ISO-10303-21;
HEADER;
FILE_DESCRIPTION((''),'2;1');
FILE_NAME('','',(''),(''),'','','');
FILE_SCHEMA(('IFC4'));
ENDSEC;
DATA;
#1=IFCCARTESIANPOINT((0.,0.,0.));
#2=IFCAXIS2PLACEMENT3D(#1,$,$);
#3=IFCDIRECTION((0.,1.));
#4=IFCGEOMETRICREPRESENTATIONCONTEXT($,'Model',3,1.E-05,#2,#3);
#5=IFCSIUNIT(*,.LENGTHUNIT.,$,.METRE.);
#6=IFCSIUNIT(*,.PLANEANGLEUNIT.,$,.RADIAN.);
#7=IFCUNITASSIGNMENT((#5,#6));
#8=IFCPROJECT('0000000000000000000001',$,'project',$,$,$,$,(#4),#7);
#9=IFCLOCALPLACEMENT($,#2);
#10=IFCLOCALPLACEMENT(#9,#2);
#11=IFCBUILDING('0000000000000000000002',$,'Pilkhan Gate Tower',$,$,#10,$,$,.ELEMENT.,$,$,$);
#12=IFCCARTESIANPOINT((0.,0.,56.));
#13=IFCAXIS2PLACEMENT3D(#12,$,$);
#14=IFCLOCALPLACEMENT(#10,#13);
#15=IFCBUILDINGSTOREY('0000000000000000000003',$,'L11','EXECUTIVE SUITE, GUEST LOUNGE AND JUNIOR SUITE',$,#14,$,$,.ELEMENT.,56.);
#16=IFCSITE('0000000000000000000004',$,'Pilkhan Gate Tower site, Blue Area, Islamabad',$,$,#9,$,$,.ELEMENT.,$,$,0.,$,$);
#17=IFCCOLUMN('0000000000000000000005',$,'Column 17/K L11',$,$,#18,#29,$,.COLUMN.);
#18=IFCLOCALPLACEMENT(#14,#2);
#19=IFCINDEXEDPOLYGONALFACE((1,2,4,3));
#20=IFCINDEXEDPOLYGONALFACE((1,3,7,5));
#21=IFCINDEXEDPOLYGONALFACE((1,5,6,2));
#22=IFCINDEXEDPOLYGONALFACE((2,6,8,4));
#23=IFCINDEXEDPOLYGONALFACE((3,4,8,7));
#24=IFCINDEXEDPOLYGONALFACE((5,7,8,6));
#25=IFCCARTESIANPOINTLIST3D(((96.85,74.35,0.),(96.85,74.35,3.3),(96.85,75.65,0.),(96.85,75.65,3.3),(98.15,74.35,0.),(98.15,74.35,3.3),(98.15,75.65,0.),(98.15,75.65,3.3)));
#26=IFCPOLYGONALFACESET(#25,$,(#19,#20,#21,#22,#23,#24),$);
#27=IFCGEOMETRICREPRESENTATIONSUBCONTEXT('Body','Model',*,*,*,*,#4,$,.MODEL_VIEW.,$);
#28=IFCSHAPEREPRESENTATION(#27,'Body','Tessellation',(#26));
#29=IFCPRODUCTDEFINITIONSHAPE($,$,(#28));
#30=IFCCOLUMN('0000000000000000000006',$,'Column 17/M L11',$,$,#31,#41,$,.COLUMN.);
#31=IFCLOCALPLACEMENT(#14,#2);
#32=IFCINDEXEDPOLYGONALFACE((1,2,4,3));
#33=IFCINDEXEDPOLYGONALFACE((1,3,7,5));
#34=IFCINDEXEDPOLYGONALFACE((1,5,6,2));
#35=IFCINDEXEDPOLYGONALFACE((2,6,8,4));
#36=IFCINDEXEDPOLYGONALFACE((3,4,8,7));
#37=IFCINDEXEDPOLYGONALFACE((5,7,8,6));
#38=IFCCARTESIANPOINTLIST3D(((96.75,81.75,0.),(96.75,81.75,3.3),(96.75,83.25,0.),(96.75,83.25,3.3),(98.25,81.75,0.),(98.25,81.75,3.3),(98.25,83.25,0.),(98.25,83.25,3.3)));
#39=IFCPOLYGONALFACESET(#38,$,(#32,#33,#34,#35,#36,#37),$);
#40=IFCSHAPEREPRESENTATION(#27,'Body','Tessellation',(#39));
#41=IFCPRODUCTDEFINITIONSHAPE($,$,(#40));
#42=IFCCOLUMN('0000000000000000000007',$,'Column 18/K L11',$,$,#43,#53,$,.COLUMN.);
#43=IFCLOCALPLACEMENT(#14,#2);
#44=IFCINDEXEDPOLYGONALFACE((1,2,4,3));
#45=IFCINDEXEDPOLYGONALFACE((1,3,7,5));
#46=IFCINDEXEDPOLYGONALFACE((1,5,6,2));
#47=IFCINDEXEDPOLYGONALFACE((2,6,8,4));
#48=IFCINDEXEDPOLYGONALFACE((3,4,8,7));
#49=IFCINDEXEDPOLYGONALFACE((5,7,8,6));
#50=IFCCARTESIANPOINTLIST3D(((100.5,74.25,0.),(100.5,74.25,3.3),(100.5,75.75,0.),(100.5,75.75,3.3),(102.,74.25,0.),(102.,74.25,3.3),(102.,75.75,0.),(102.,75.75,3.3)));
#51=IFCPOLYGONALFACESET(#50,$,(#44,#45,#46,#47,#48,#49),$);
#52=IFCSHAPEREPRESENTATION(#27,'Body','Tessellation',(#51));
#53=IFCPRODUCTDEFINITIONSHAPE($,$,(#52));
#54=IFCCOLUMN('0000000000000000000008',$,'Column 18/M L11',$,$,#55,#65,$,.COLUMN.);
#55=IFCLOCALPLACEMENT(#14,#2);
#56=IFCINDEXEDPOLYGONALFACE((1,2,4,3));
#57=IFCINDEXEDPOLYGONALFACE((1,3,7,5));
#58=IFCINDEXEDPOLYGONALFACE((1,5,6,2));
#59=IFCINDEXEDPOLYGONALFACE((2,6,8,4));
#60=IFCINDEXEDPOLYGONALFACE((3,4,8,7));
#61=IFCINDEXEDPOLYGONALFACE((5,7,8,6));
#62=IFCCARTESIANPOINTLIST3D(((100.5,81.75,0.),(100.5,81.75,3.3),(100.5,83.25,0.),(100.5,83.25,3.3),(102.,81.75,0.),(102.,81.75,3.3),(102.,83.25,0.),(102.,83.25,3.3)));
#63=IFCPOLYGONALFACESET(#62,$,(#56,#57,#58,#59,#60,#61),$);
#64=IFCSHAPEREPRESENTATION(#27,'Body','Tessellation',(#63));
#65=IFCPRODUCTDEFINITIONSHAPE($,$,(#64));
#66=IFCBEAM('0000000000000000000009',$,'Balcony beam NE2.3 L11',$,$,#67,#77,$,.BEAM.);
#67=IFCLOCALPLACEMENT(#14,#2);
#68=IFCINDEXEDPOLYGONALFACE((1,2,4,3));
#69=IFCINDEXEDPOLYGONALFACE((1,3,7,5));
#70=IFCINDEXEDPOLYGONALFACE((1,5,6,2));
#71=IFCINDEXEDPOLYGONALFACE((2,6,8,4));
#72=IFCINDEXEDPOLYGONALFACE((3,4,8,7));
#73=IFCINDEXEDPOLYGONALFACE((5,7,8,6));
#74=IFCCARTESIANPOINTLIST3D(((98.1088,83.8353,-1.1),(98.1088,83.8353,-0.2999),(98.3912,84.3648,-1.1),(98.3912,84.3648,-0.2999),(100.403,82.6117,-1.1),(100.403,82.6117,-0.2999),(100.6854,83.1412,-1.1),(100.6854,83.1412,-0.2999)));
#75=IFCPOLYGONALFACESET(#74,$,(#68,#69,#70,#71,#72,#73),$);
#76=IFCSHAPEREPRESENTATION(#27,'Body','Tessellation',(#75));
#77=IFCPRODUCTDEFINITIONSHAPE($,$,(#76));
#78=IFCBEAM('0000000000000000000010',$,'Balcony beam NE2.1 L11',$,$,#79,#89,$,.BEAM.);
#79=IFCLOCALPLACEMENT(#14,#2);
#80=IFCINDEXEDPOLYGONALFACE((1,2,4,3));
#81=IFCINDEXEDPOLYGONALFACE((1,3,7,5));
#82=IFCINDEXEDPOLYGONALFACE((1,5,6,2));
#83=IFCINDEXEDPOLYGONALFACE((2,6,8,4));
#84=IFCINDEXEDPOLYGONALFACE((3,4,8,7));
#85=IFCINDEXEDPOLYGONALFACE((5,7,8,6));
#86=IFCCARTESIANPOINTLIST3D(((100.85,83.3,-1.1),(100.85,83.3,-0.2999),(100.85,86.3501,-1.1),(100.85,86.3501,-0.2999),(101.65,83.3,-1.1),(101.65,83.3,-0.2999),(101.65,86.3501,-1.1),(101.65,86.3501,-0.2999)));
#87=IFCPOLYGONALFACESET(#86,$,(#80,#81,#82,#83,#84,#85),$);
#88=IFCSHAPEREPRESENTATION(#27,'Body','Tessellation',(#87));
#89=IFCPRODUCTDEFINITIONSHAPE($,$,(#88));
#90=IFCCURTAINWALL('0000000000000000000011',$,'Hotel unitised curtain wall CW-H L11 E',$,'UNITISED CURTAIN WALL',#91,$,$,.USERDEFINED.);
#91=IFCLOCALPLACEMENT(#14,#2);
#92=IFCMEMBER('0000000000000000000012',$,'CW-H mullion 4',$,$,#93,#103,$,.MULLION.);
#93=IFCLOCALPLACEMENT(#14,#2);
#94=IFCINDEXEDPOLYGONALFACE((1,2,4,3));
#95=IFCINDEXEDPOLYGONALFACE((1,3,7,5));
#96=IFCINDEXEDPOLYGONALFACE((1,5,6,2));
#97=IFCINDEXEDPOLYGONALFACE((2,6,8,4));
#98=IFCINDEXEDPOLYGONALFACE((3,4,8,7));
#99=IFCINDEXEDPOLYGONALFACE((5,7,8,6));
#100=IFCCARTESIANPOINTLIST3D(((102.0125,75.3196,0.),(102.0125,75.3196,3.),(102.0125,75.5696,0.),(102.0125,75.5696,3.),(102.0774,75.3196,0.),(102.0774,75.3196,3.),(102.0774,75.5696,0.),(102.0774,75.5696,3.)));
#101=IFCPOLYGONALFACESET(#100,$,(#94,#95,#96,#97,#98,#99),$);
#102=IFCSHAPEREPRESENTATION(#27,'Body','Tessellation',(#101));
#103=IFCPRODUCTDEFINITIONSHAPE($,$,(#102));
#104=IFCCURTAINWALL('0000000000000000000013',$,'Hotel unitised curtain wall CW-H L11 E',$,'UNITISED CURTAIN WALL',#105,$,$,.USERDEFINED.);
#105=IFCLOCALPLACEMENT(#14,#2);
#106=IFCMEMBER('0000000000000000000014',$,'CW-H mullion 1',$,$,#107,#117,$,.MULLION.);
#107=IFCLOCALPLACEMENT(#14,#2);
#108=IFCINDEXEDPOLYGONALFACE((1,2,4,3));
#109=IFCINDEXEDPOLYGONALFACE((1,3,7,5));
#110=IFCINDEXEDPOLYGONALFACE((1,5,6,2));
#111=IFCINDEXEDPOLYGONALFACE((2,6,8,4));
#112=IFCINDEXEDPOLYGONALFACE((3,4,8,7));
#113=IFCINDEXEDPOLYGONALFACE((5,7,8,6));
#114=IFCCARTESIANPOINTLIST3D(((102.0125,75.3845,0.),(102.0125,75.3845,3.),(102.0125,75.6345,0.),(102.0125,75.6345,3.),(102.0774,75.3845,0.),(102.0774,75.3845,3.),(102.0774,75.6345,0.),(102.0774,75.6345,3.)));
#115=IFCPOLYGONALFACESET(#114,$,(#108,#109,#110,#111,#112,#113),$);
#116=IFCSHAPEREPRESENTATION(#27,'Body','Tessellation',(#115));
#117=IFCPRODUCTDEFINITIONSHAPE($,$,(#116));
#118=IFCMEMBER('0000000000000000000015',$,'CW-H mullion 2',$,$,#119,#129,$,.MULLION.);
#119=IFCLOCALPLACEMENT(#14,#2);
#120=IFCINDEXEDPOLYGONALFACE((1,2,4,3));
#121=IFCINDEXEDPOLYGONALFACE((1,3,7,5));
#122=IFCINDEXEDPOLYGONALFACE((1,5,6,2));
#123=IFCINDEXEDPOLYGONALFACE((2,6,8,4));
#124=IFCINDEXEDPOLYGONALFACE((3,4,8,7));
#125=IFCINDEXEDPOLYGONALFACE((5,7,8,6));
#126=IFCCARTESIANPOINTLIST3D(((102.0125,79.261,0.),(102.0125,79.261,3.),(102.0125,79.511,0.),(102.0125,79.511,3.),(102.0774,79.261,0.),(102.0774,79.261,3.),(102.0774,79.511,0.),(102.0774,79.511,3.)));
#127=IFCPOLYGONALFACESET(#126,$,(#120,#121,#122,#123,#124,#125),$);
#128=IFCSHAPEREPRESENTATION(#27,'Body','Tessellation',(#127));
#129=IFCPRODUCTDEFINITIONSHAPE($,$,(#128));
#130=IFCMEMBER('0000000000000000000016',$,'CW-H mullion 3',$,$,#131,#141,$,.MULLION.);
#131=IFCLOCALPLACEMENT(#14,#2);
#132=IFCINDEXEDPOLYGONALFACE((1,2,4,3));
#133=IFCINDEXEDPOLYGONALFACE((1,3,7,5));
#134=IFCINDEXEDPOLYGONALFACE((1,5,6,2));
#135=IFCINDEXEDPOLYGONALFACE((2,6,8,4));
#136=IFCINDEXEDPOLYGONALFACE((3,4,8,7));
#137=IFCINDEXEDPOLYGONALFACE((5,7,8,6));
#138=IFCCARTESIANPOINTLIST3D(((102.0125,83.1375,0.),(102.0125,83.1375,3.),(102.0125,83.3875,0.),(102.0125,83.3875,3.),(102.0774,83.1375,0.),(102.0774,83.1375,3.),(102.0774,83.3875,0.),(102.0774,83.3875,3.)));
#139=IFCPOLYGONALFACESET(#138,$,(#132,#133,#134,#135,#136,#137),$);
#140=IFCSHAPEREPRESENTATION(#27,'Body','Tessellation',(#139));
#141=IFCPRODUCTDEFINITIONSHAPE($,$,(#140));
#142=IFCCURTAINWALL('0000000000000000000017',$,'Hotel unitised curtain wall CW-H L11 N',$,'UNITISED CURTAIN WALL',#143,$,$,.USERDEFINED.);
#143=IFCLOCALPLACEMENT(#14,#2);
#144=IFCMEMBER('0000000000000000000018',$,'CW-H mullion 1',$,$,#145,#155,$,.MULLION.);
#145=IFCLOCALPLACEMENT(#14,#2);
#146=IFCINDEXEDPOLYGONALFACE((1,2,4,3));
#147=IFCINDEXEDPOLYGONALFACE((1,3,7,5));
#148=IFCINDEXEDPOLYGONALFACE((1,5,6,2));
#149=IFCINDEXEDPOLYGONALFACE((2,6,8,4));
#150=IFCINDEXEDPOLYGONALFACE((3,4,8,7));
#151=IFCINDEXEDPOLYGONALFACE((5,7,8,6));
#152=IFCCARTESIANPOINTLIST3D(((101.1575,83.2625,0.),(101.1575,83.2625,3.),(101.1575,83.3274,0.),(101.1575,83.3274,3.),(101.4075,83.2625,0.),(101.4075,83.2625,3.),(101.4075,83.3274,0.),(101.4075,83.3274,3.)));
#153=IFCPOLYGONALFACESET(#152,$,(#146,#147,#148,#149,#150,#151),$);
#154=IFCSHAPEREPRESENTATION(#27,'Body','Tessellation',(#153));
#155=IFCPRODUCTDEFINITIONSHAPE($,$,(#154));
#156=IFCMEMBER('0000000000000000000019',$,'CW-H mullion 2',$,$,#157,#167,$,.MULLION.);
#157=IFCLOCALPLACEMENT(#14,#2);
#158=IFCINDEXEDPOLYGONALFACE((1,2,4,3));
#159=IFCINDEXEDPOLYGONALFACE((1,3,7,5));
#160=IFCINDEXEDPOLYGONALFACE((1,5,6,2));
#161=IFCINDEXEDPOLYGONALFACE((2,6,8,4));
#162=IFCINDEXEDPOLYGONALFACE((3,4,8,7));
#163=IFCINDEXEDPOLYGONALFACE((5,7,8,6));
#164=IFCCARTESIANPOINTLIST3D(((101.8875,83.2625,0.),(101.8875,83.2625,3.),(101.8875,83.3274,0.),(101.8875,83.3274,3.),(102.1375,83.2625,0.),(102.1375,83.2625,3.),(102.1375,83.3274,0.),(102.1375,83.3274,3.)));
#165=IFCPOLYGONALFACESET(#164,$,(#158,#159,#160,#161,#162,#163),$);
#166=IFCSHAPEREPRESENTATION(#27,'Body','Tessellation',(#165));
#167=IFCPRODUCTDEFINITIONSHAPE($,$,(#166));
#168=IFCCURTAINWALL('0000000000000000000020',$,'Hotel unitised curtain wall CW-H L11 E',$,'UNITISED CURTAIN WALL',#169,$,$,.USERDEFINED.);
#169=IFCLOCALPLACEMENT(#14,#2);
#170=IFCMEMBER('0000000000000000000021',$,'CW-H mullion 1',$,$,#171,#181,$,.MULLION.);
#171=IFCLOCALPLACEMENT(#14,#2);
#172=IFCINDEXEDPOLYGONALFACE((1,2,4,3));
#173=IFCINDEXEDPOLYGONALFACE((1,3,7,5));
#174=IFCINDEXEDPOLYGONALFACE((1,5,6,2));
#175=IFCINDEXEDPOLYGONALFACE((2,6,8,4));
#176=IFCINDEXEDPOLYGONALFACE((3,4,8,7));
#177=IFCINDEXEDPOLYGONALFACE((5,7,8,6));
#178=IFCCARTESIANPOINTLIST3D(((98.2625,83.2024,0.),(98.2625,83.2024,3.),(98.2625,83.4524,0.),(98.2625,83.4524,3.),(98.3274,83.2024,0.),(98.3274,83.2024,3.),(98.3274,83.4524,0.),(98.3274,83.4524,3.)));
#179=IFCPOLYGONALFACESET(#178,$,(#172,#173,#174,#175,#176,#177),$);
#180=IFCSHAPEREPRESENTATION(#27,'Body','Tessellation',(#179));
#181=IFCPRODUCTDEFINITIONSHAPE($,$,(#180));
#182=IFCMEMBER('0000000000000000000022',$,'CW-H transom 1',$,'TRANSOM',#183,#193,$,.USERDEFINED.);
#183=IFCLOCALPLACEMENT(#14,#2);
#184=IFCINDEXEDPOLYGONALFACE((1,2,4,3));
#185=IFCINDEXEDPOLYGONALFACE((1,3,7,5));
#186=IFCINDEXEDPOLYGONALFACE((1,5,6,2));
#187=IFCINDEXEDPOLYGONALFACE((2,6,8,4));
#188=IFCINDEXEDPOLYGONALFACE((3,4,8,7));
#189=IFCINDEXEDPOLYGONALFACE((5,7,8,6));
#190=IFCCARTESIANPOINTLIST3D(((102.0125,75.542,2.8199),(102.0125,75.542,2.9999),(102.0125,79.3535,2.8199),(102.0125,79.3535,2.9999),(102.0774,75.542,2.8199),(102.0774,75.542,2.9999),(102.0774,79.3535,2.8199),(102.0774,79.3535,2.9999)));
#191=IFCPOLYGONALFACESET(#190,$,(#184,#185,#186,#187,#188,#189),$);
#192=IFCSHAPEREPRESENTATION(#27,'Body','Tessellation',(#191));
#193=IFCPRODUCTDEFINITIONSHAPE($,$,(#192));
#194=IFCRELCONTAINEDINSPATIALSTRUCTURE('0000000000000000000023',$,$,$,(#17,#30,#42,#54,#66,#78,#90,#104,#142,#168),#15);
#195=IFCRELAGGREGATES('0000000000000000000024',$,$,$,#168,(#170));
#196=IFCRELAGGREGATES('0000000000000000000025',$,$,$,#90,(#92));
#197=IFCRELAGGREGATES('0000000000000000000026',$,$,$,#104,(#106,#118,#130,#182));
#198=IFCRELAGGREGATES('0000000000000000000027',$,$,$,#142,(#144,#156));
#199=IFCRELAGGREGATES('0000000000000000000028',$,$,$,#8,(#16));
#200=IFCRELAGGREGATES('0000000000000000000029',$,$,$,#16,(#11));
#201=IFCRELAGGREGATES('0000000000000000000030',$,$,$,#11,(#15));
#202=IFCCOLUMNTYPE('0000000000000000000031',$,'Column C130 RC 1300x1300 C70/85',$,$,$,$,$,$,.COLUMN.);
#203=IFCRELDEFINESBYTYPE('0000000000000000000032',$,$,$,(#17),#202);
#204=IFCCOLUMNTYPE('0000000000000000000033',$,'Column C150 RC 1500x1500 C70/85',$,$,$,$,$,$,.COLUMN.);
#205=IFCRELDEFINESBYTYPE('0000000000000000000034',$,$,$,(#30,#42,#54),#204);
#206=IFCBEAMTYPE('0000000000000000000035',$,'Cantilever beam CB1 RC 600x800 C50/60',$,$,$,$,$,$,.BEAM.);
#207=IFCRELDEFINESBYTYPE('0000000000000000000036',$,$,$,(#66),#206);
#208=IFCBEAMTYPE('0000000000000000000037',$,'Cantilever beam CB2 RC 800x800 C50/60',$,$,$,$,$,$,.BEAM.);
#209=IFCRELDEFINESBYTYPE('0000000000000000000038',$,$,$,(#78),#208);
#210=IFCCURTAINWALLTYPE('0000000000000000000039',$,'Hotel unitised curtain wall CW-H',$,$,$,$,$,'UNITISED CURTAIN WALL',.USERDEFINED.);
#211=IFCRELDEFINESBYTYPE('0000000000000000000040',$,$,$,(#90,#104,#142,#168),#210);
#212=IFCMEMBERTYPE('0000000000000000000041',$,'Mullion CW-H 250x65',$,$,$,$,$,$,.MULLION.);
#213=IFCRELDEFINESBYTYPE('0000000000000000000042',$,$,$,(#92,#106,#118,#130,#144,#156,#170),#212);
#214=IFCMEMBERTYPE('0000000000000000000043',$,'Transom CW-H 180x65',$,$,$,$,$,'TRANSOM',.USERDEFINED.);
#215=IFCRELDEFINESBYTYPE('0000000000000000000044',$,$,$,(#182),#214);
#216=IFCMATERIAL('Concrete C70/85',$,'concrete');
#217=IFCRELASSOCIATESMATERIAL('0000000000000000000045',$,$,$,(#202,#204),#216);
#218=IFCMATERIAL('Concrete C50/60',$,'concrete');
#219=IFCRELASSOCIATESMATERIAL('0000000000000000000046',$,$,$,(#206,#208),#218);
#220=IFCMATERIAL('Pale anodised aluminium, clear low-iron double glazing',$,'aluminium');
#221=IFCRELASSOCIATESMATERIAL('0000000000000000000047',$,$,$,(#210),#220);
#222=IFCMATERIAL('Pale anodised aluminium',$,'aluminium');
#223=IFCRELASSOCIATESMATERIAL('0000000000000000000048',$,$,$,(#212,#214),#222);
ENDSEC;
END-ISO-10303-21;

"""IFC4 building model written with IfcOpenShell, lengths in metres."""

from ifc_helpers import new_model, si_unit, direction, frame, origin, origin_2d, place, context, subcontext, project, spatial, rectangle, extrude, material, material_profile, profile_set, type_object, element, aggregate, save


model = new_model("IFC4")

# Units and contexts
model_context = context("Model", 3, precision=1e-05, world=origin(), true_north=direction((0.0, 1.0)))
body_context = subcontext(model_context, "Body", "Model", "MODEL_VIEW")
ifc_project = project(units=[si_unit("LENGTHUNIT", "METRE"), si_unit("PLANEANGLEUNIT", "RADIAN")], contexts=[model_context])

# Site, building, storey
site_placement = place(None, origin())
site = spatial("IfcSite", under=ifc_project, at=site_placement, Name="Pilkhan Gate Tower site, Blue Area, Islamabad", CompositionType="ELEMENT", RefElevation=0.0)
building_placement = place(site_placement, origin())
building = spatial("IfcBuilding", under=site, at=building_placement, Name="Pilkhan Gate Tower", CompositionType="ELEMENT")
storey_placement = place(building_placement, frame((0.0, 0.0, 56.0)))
storey = spatial("IfcBuildingStorey", under=building, at=storey_placement, Name="L11", Description="EXECUTIVE SUITE, GUEST LOUNGE AND JUNIOR SUITE", CompositionType="ELEMENT", Elevation=56.0)

# Columns
ifc_material_1 = material(Name="Concrete C70/85", Category="concrete")
ifc_material_profile_1 = material_profile(ifc_material_1, rectangle(XDim=1.3, YDim=1.3, at=origin_2d()), Name="RC 1300x1300")
ifc_profile_set_1 = profile_set([ifc_material_profile_1], Name="Concrete C70/85")
column_type_1 = type_object("IfcColumnType", Name="Column C130 RC 1300x1300 C70/85", PredefinedType="COLUMN", material=ifc_profile_set_1)
column_placement = place(storey_placement, frame((97.5, 75.0, 0.0), z_axis=(0.0, 0.0, 1.0), x_axis=(1.0, 0.0, 0.0)))
element("IfcColumn", 1, at=column_placement, inside=storey, type_object=column_type_1, Name="Column 17/K L11", PredefinedType="COLUMN", context=body_context, shape_type="SweptSolid", body=[
    extrude(rectangle(XDim=1.3, YDim=1.3, at=origin_2d()), origin(), (0.0, 0.0, 1.0), 3.3),
])
ifc_material_profile_2 = material_profile(ifc_material_1, rectangle(XDim=1.5, YDim=1.5, at=origin_2d()), Name="RC 1500x1500")
ifc_profile_set_2 = profile_set([ifc_material_profile_2], Name="Concrete C70/85")
column_type_2 = type_object("IfcColumnType", Name="Column C150 RC 1500x1500 C70/85", PredefinedType="COLUMN", material=ifc_profile_set_2)
for number, where, z_axis, x_axis, name in (
    (2, (97.5, 82.5, 0.0), (0.0, 0.0, 1.0), (1.0, 0.0, 0.0), "Column 17/M L11"),
    (3, (101.25, 75.0, 0.0), (0.0, 0.0, 1.0), (1.0, 0.0, 0.0), "Column 18/K L11"),
    (4, (101.25, 82.5, 0.0), (0.0, 0.0, 1.0), (1.0, 0.0, 0.0), "Column 18/M L11"),
):
    element("IfcColumn", number, at=place(storey_placement, frame(where, z_axis=z_axis, x_axis=x_axis)), inside=storey, type_object=column_type_2, Name=name, PredefinedType="COLUMN", context=body_context, shape_type="SweptSolid", body=[
        extrude(rectangle(XDim=1.5, YDim=1.5, at=origin_2d()), origin(), (0.0, 0.0, 1.0), 3.3),
    ])

# Beams
ifc_material_2 = material(Name="Concrete C50/60", Category="concrete")
ifc_material_profile_3 = material_profile(ifc_material_2, rectangle(XDim=0.6001, YDim=0.8, at=origin_2d()), Name="RC 600x800")
ifc_profile_set_3 = profile_set([ifc_material_profile_3], Name="Concrete C50/60")
beam_type_1 = type_object("IfcBeamType", Name="Cantilever beam CB1 RC 600x800 C50/60", PredefinedType="BEAM", material=ifc_profile_set_3)
beam_1_placement = place(storey_placement, frame((100.5442, 82.8765, -0.7), z_axis=(-0.882343, 0.470608, 0.0), x_axis=(-0.470608, -0.882343, 0.0)))
element("IfcBeam", 5, at=beam_1_placement, inside=storey, type_object=beam_type_1, Name="Balcony beam NE2.3 L11", PredefinedType="BEAM", context=body_context, shape_type="SweptSolid", body=[
    extrude(rectangle(XDim=0.6001, YDim=0.8, at=origin_2d()), origin(), (0.0, 0.0, 1.0), 2.6001),
])
ifc_material_profile_4 = material_profile(ifc_material_2, rectangle(XDim=0.8, YDim=0.8, at=origin_2d()), Name="RC 800x800")
ifc_profile_set_4 = profile_set([ifc_material_profile_4], Name="Concrete C50/60")
beam_type_2 = type_object("IfcBeamType", Name="Cantilever beam CB2 RC 800x800 C50/60", PredefinedType="BEAM", material=ifc_profile_set_4)
beam_2_placement = place(storey_placement, frame((101.25, 83.3, -0.7), z_axis=(0.0, 1.0, 0.0), x_axis=(-1.0, 0.0, 0.0)))
element("IfcBeam", 6, at=beam_2_placement, inside=storey, type_object=beam_type_2, Name="Balcony beam NE2.1 L11", PredefinedType="BEAM", context=body_context, shape_type="SweptSolid", body=[
    extrude(rectangle(XDim=0.8, YDim=0.8, at=origin_2d()), origin(), (0.0, 0.0, 1.0), 3.05),
])

# Curtain wall, member
ifc_material_3 = material(Name="Pale anodised aluminium, clear low-iron double glazing", Category="aluminium")
curtain_wall_type = type_object("IfcCurtainWallType", Name="Hotel unitised curtain wall CW-H", ElementType="UNITISED CURTAIN WALL", PredefinedType="USERDEFINED", material=ifc_material_3)
curtain_wall_1_placement = place(storey_placement, origin())
curtain_wall_1 = element("IfcCurtainWall", 7, at=curtain_wall_1_placement, inside=storey, type_object=curtain_wall_type, Name="Hotel unitised curtain wall CW-H L11 E", ObjectType="UNITISED CURTAIN WALL", PredefinedType="USERDEFINED")
ifc_material_4 = material(Name="Pale anodised aluminium", Category="aluminium")
ifc_material_profile_5 = material_profile(ifc_material_4, rectangle(XDim=0.0649, YDim=0.25, at=origin_2d()), Name="Mullion 250x65")
ifc_profile_set_5 = profile_set([ifc_material_profile_5], Name="Pale anodised aluminium")
member_type_1 = type_object("IfcMemberType", Name="Mullion CW-H 250x65", PredefinedType="MULLION", material=ifc_profile_set_5)
member_1_placement = place(storey_placement, frame((102.0449, 75.4446, 0.0), z_axis=(0.0, 0.0, 1.0), x_axis=(-1.0, 0.0, 0.0)))
member_1 = element("IfcMember", 8, at=member_1_placement, type_object=member_type_1, Name="CW-H mullion 4", PredefinedType="MULLION", context=body_context, shape_type="SweptSolid", body=[
    extrude(rectangle(XDim=0.0649, YDim=0.25, at=origin_2d()), origin(), (0.0, 0.0, 1.0), 3.0),
])

# Curtain walls, members
curtain_wall_2_placement = place(storey_placement, origin())
curtain_wall_2 = element("IfcCurtainWall", 9, at=curtain_wall_2_placement, inside=storey, type_object=curtain_wall_type, Name="Hotel unitised curtain wall CW-H L11 E", ObjectType="UNITISED CURTAIN WALL", PredefinedType="USERDEFINED")
member_2_placement = place(storey_placement, frame((102.0449, 75.5095, 0.0), z_axis=(0.0, 0.0, 1.0), x_axis=(-1.0, 0.0, 0.0)))
member_2 = element("IfcMember", 10, at=member_2_placement, type_object=member_type_1, Name="CW-H mullion 1", PredefinedType="MULLION", context=body_context, shape_type="SweptSolid", body=[
    extrude(rectangle(XDim=0.0649, YDim=0.25, at=origin_2d()), origin(), (0.0, 0.0, 1.0), 3.0),
])
member_3_placement = place(storey_placement, frame((102.0449, 79.386, 0.0), z_axis=(0.0, 0.0, 1.0), x_axis=(-1.0, 0.0, 0.0)))
member_3 = element("IfcMember", 11, at=member_3_placement, type_object=member_type_1, Name="CW-H mullion 2", PredefinedType="MULLION", context=body_context, shape_type="SweptSolid", body=[
    extrude(rectangle(XDim=0.0649, YDim=0.25, at=origin_2d()), origin(), (0.0, 0.0, 1.0), 3.0),
])
member_4_placement = place(storey_placement, frame((102.0449, 83.2625, 0.0), z_axis=(0.0, 0.0, 1.0), x_axis=(-1.0, 0.0, 0.0)))
member_4 = element("IfcMember", 12, at=member_4_placement, type_object=member_type_1, Name="CW-H mullion 3", PredefinedType="MULLION", context=body_context, shape_type="SweptSolid", body=[
    extrude(rectangle(XDim=0.0649, YDim=0.25, at=origin_2d()), origin(), (0.0, 0.0, 1.0), 3.0),
])
curtain_wall_3_placement = place(storey_placement, origin())
curtain_wall_3 = element("IfcCurtainWall", 13, at=curtain_wall_3_placement, inside=storey, type_object=curtain_wall_type, Name="Hotel unitised curtain wall CW-H L11 N", ObjectType="UNITISED CURTAIN WALL", PredefinedType="USERDEFINED")
member_5_placement = place(storey_placement, frame((101.2825, 83.2949, 0.0), z_axis=(0.0, 0.0, 1.0), x_axis=(0.0, 1.0, 0.0)))
member_5 = element("IfcMember", 14, at=member_5_placement, type_object=member_type_1, Name="CW-H mullion 1", PredefinedType="MULLION", context=body_context, shape_type="SweptSolid", body=[
    extrude(rectangle(XDim=0.0649, YDim=0.25, at=origin_2d()), origin(), (0.0, 0.0, 1.0), 3.0),
])
member_6_placement = place(storey_placement, frame((102.0125, 83.2949, 0.0), z_axis=(0.0, 0.0, 1.0), x_axis=(0.0, 1.0, 0.0)))
member_6 = element("IfcMember", 15, at=member_6_placement, type_object=member_type_1, Name="CW-H mullion 2", PredefinedType="MULLION", context=body_context, shape_type="SweptSolid", body=[
    extrude(rectangle(XDim=0.0649, YDim=0.25, at=origin_2d()), origin(), (0.0, 0.0, 1.0), 3.0),
])

# Curtain wall, member
curtain_wall_4_placement = place(storey_placement, origin())
curtain_wall_4 = element("IfcCurtainWall", 16, at=curtain_wall_4_placement, inside=storey, type_object=curtain_wall_type, Name="Hotel unitised curtain wall CW-H L11 E", ObjectType="UNITISED CURTAIN WALL", PredefinedType="USERDEFINED")
member_7_placement = place(storey_placement, frame((98.2949, 83.3274, 0.0), z_axis=(0.0, 0.0, 1.0), x_axis=(-1.0, 0.0, 0.0)))
member_7 = element("IfcMember", 17, at=member_7_placement, type_object=member_type_1, Name="CW-H mullion 1", PredefinedType="MULLION", context=body_context, shape_type="SweptSolid", body=[
    extrude(rectangle(XDim=0.0649, YDim=0.25, at=origin_2d()), origin(), (0.0, 0.0, 1.0), 3.0),
])

# Member
ifc_material_profile_6 = material_profile(ifc_material_4, rectangle(XDim=0.0649, YDim=0.1799, at=origin_2d()), Name="Transom 180x65")
ifc_profile_set_6 = profile_set([ifc_material_profile_6], Name="Pale anodised aluminium")
member_type_2 = type_object("IfcMemberType", Name="Transom CW-H 180x65", ElementType="TRANSOM", PredefinedType="USERDEFINED", material=ifc_profile_set_6)
member_8_placement = place(storey_placement, frame((102.0449, 75.542, 2.9099), z_axis=(0.0, 1.0, 0.0), x_axis=(-1.0, 0.0, 0.0)))
member_8 = element("IfcMember", 18, at=member_8_placement, type_object=member_type_2, Name="CW-H transom 1", ObjectType="TRANSOM", PredefinedType="USERDEFINED", context=body_context, shape_type="SweptSolid", body=[
    extrude(rectangle(XDim=0.0649, YDim=0.1799, at=origin_2d()), origin(), (0.0, 0.0, 1.0), 3.8115),
])
aggregate(curtain_wall_4, [member_7])

aggregate(curtain_wall_1, [member_1])
aggregate(curtain_wall_2, [member_2, member_3, member_4, member_8])
aggregate(curtain_wall_3, [member_5, member_6])

save(model, "model.ifc")
